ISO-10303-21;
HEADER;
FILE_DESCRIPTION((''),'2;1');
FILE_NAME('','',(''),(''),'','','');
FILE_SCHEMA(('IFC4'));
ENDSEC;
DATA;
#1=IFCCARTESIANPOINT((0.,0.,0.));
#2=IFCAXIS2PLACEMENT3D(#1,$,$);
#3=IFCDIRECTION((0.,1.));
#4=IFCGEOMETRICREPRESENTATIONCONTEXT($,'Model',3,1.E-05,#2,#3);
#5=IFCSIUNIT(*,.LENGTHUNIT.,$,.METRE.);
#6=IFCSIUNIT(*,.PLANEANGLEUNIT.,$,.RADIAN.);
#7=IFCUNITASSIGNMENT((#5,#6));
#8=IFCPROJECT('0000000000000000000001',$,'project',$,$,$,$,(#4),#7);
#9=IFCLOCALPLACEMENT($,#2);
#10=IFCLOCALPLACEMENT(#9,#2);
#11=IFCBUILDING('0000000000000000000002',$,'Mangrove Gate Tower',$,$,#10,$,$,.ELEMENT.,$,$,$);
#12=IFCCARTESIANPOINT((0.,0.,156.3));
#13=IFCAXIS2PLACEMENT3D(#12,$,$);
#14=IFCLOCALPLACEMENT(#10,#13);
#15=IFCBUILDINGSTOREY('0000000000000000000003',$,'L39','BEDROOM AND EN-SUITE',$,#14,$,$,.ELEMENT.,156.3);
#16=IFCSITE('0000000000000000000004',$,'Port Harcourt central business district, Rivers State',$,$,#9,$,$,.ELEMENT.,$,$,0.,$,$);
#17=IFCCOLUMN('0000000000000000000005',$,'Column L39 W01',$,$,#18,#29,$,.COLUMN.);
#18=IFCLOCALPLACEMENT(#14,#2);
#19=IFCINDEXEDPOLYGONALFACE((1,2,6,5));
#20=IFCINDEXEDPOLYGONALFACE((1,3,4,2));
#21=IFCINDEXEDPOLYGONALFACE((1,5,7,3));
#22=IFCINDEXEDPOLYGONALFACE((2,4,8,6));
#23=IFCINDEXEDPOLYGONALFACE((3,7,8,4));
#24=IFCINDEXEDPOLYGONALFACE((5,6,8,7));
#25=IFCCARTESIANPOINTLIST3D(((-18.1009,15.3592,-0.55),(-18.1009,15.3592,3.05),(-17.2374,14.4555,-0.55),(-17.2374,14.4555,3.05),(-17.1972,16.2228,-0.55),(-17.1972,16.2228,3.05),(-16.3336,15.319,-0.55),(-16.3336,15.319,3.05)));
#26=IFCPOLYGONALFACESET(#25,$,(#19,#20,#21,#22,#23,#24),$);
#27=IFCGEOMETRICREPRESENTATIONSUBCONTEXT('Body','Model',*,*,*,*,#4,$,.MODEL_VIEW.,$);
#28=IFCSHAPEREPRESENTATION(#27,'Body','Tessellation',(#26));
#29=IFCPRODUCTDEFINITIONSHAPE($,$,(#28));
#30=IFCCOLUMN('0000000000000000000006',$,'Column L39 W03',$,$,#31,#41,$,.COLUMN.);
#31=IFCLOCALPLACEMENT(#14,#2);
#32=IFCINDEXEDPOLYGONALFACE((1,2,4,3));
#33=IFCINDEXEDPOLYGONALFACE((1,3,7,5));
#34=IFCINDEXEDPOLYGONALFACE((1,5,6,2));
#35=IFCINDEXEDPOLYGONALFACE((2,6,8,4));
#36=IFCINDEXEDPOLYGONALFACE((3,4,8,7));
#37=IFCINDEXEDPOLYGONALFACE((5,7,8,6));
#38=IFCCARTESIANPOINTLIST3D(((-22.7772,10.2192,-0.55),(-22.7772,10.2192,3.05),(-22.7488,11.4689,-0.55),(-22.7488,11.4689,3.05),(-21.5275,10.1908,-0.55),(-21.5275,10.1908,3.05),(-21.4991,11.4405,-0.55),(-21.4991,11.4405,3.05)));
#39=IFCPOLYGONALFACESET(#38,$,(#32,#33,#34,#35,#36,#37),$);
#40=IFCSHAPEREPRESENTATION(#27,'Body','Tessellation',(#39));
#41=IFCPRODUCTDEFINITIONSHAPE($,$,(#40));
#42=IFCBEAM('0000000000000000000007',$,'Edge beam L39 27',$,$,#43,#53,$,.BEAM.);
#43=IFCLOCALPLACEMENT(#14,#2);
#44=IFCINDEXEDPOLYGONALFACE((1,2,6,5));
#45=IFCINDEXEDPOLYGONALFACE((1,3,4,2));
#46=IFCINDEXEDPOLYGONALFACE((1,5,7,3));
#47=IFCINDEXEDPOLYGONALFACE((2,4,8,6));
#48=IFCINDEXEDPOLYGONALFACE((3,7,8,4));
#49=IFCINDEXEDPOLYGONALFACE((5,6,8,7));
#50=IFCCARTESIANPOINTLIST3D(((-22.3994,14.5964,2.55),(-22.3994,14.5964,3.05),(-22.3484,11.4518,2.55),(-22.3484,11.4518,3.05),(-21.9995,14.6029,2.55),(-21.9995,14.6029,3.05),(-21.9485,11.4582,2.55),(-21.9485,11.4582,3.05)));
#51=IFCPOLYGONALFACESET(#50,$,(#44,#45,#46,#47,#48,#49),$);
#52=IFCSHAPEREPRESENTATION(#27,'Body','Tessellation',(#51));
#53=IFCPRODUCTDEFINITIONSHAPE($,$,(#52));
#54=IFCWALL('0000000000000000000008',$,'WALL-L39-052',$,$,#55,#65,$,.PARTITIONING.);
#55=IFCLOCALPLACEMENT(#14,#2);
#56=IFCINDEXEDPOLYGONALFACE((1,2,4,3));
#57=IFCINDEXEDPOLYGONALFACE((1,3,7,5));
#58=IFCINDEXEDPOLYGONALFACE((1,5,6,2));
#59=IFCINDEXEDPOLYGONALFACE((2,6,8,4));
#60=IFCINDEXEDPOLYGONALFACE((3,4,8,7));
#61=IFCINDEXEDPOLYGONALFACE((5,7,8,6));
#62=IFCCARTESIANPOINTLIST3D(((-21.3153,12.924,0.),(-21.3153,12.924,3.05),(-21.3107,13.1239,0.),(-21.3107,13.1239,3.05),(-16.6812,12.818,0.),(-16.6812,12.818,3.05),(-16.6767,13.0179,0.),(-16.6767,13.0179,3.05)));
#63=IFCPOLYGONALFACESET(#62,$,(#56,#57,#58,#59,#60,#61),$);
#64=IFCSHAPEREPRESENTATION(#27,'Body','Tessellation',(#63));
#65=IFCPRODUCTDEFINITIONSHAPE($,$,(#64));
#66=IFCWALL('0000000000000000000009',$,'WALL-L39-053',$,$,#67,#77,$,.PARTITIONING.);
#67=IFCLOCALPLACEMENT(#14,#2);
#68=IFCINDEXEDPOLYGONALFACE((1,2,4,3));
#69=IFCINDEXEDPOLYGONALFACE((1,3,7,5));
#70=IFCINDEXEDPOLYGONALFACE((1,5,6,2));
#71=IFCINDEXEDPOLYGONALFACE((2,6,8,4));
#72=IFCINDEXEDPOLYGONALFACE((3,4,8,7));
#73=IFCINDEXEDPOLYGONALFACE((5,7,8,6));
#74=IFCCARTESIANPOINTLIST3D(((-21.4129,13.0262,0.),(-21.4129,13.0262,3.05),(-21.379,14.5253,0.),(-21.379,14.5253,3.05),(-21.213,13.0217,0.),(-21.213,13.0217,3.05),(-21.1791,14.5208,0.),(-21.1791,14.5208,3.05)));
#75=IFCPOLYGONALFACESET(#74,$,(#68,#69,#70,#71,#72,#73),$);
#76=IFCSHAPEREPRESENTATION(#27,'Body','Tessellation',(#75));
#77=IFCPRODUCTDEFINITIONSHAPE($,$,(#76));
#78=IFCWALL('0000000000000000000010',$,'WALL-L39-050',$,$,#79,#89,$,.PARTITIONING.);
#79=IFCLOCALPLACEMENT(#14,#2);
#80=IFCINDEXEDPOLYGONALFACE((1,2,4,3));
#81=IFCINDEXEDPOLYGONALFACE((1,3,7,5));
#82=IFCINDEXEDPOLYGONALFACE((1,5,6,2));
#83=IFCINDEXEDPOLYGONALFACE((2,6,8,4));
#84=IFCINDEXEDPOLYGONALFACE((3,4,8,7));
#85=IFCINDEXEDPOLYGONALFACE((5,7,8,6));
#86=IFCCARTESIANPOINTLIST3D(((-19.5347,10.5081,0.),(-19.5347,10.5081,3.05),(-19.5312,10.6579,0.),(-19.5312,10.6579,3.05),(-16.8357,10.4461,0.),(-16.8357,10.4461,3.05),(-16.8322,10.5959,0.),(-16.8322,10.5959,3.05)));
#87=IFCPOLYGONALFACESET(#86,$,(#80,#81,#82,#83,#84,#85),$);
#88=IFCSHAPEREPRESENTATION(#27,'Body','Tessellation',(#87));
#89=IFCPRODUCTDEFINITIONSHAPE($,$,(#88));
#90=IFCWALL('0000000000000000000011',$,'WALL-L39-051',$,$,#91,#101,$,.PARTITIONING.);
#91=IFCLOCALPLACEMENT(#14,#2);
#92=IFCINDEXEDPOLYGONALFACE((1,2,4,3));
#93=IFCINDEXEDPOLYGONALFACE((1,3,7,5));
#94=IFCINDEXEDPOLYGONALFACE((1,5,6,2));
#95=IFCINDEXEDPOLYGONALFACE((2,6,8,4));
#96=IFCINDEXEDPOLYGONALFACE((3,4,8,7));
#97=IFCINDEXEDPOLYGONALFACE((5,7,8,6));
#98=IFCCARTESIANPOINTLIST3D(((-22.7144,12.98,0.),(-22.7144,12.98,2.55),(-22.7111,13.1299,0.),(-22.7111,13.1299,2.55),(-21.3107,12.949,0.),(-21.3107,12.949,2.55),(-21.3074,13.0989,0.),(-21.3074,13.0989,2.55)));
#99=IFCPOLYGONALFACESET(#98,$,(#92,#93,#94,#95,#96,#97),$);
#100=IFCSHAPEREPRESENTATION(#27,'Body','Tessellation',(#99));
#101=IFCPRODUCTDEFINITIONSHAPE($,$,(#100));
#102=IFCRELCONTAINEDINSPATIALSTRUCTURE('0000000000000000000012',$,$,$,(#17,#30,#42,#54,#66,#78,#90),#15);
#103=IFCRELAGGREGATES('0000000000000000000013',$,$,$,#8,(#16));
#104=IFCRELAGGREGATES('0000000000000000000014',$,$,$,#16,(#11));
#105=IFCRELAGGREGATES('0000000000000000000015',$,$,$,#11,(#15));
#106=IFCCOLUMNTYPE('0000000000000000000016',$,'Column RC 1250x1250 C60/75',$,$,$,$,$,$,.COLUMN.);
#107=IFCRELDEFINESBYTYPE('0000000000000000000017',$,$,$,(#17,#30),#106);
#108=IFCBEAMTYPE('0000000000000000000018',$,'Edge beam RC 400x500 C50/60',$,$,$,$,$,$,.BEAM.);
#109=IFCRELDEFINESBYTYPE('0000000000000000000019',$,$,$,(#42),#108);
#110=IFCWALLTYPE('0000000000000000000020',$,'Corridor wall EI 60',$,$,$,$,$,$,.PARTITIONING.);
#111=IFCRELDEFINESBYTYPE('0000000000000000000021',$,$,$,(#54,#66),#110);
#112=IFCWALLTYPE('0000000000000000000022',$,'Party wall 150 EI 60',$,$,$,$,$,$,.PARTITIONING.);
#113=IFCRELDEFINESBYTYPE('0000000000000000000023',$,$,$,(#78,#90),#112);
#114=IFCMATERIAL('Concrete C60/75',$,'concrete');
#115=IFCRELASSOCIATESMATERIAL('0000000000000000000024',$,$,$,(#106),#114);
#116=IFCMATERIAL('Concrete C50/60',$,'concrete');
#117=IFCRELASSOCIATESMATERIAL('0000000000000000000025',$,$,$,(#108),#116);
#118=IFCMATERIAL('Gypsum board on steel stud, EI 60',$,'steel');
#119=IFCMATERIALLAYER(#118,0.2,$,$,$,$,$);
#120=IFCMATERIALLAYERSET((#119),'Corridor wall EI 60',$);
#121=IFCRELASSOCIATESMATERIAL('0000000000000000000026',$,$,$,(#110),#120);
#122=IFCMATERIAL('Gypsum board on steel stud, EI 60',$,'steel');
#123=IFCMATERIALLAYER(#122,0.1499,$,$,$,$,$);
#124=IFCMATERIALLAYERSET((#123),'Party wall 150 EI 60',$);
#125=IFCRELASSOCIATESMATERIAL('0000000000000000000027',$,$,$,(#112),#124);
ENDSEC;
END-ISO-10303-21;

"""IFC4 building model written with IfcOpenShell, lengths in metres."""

from ifc_helpers import new_model, si_unit, direction, frame, frame_2d, origin, origin_2d, place, context, subcontext, project, spatial, rectangle, extrude, material, layer, layer_set, material_profile, profile_set, type_object, element, save


model = new_model("IFC4")

# Units and contexts
model_context = context("Model", 3, precision=1e-05, world=origin(), true_north=direction((0.0, 1.0)))
body_context = subcontext(model_context, "Body", "Model", "MODEL_VIEW")
ifc_project = project(units=[si_unit("LENGTHUNIT", "METRE"), si_unit("PLANEANGLEUNIT", "RADIAN")], contexts=[model_context])

# Site, building, storey
site_placement = place(None, origin())
site = spatial("IfcSite", under=ifc_project, at=site_placement, Name="Port Harcourt central business district, Rivers State", CompositionType="ELEMENT", RefElevation=0.0)
building_placement = place(site_placement, origin())
building = spatial("IfcBuilding", under=site, at=building_placement, Name="Mangrove Gate Tower", CompositionType="ELEMENT")
storey_placement = place(building_placement, frame((0.0, 0.0, 156.3)))
storey = spatial("IfcBuildingStorey", under=building, at=storey_placement, Name="L39", Description="BEDROOM AND EN-SUITE", CompositionType="ELEMENT", Elevation=156.3)

# Columns
ifc_material_1 = material(Name="Concrete C60/75", Category="concrete")
ifc_material_profile_1 = material_profile(ifc_material_1, rectangle(XDim=1.25, YDim=1.25, at=origin_2d()))
ifc_profile_set_1 = profile_set([ifc_material_profile_1], Name="Concrete C60/75")
column_type = type_object("IfcColumnType", Name="Column RC 1250x1250 C60/75", PredefinedType="COLUMN", material=ifc_profile_set_1)
for number, where, z_axis, x_axis, name in (
    (1, (-17.2173, 15.3391, -0.55), (0.0, 0.0, 1.0), (-0.722977, -0.690873, 0.0), "Column L39 W01"),
    (2, (-22.1382, 10.8298, -0.55), (0.0, 0.0, 1.0), (-0.022717, -0.999742, 0.0), "Column L39 W03"),
):
    element("IfcColumn", number, at=place(storey_placement, frame(where, z_axis=z_axis, x_axis=x_axis)), inside=storey, type_object=column_type, Name=name, PredefinedType="COLUMN", context=body_context, shape_type="SweptSolid", body=[
        extrude(rectangle(XDim=1.25, YDim=1.25, at=origin_2d()), origin(), (0.0, 0.0, 1.0), 3.6001),
    ])

# Beam
ifc_material_2 = material(Name="Concrete C50/60", Category="concrete")
ifc_material_profile_2 = material_profile(ifc_material_2, rectangle(XDim=0.3999, YDim=0.5, at=origin_2d()))
ifc_profile_set_2 = profile_set([ifc_material_profile_2], Name="Concrete C50/60")
beam_type = type_object("IfcBeamType", Name="Edge beam RC 400x500 C50/60", PredefinedType="BEAM", material=ifc_profile_set_2)
beam_placement = place(storey_placement, frame((-22.1995, 14.5996, 2.8), z_axis=(0.016225, -0.999868, 0.0), x_axis=(0.999868, 0.016225, 0.0)))
element("IfcBeam", 3, at=beam_placement, inside=storey, type_object=beam_type, Name="Edge beam L39 27", PredefinedType="BEAM", context=body_context, shape_type="SweptSolid", body=[
    extrude(rectangle(XDim=0.3999, YDim=0.5, at=origin_2d()), origin(), (0.0, 0.0, 1.0), 3.145),
])

# Walls
ifc_material_3 = material(Name="Gypsum board on steel stud, EI 60", Category="steel")
ifc_layer_1 = layer(ifc_material_3, 0.2)
ifc_layer_set_1 = layer_set([ifc_layer_1], Name="Corridor wall EI 60")
wall_type_1 = type_object("IfcWallType", Name="Corridor wall EI 60", PredefinedType="PARTITIONING", material=ifc_layer_set_1)
wall_1_placement = place(storey_placement, frame((-21.313, 13.0239, 0.0), z_axis=(0.0, 0.0, 1.0), x_axis=(0.999739, -0.022859, 0.0)))
element("IfcWall", 4, at=wall_1_placement, inside=storey, type_object=wall_type_1, Name="WALL-L39-052", PredefinedType="PARTITIONING", context=body_context, shape_type="SweptSolid", body=[
    extrude(rectangle(XDim=4.6353, YDim=0.2, at=frame_2d((2.3176, 0.0))), origin(), (0.0, 0.0, 1.0), 3.05),
])
wall_2_placement = place(storey_placement, frame((-21.313, 13.0239, 0.0), z_axis=(0.0, 0.0, 1.0), x_axis=(0.022633, 0.999744, 0.0)))
element("IfcWall", 5, at=wall_2_placement, inside=storey, type_object=wall_type_1, Name="WALL-L39-053", PredefinedType="PARTITIONING", context=body_context, shape_type="SweptSolid", body=[
    extrude(rectangle(XDim=1.4995, YDim=0.2, at=frame_2d((0.7498, 0.0))), origin(), (0.0, 0.0, 1.0), 3.05),
])

# Walls
ifc_material_4 = material(Name="Gypsum board on steel stud, EI 60", Category="steel")
ifc_layer_2 = layer(ifc_material_4, 0.1499)
ifc_layer_set_2 = layer_set([ifc_layer_2], Name="Party wall 150 EI 60")
wall_type_2 = type_object("IfcWallType", Name="Party wall 150 EI 60", PredefinedType="PARTITIONING", material=ifc_layer_set_2)
wall_3_placement = place(storey_placement, frame((-19.533, 10.583, 0.0), z_axis=(0.0, 0.0, 1.0), x_axis=(0.999736, -0.02297, 0.0)))
element("IfcWall", 6, at=wall_3_placement, inside=storey, type_object=wall_type_2, Name="WALL-L39-050", PredefinedType="PARTITIONING", context=body_context, shape_type="SweptSolid", body=[
    extrude(rectangle(XDim=2.6997, YDim=0.1499, at=frame_2d((1.3499, 0.0))), origin(), (0.0, 0.0, 1.0), 3.05),
])
wall_4_placement = place(storey_placement, frame((-22.7129, 13.0549, 0.0), z_axis=(0.0, 0.0, 1.0), x_axis=(0.999756, -0.022082, 0.0)))
element("IfcWall", 7, at=wall_4_placement, inside=storey, type_object=wall_type_2, Name="WALL-L39-051", PredefinedType="PARTITIONING", context=body_context, shape_type="SweptSolid", body=[
    extrude(rectangle(XDim=1.4041, YDim=0.1499, at=frame_2d((0.7021, 0.0))), origin(), (0.0, 0.0, 1.0), 2.55),
])

save(model, "model.ifc")
